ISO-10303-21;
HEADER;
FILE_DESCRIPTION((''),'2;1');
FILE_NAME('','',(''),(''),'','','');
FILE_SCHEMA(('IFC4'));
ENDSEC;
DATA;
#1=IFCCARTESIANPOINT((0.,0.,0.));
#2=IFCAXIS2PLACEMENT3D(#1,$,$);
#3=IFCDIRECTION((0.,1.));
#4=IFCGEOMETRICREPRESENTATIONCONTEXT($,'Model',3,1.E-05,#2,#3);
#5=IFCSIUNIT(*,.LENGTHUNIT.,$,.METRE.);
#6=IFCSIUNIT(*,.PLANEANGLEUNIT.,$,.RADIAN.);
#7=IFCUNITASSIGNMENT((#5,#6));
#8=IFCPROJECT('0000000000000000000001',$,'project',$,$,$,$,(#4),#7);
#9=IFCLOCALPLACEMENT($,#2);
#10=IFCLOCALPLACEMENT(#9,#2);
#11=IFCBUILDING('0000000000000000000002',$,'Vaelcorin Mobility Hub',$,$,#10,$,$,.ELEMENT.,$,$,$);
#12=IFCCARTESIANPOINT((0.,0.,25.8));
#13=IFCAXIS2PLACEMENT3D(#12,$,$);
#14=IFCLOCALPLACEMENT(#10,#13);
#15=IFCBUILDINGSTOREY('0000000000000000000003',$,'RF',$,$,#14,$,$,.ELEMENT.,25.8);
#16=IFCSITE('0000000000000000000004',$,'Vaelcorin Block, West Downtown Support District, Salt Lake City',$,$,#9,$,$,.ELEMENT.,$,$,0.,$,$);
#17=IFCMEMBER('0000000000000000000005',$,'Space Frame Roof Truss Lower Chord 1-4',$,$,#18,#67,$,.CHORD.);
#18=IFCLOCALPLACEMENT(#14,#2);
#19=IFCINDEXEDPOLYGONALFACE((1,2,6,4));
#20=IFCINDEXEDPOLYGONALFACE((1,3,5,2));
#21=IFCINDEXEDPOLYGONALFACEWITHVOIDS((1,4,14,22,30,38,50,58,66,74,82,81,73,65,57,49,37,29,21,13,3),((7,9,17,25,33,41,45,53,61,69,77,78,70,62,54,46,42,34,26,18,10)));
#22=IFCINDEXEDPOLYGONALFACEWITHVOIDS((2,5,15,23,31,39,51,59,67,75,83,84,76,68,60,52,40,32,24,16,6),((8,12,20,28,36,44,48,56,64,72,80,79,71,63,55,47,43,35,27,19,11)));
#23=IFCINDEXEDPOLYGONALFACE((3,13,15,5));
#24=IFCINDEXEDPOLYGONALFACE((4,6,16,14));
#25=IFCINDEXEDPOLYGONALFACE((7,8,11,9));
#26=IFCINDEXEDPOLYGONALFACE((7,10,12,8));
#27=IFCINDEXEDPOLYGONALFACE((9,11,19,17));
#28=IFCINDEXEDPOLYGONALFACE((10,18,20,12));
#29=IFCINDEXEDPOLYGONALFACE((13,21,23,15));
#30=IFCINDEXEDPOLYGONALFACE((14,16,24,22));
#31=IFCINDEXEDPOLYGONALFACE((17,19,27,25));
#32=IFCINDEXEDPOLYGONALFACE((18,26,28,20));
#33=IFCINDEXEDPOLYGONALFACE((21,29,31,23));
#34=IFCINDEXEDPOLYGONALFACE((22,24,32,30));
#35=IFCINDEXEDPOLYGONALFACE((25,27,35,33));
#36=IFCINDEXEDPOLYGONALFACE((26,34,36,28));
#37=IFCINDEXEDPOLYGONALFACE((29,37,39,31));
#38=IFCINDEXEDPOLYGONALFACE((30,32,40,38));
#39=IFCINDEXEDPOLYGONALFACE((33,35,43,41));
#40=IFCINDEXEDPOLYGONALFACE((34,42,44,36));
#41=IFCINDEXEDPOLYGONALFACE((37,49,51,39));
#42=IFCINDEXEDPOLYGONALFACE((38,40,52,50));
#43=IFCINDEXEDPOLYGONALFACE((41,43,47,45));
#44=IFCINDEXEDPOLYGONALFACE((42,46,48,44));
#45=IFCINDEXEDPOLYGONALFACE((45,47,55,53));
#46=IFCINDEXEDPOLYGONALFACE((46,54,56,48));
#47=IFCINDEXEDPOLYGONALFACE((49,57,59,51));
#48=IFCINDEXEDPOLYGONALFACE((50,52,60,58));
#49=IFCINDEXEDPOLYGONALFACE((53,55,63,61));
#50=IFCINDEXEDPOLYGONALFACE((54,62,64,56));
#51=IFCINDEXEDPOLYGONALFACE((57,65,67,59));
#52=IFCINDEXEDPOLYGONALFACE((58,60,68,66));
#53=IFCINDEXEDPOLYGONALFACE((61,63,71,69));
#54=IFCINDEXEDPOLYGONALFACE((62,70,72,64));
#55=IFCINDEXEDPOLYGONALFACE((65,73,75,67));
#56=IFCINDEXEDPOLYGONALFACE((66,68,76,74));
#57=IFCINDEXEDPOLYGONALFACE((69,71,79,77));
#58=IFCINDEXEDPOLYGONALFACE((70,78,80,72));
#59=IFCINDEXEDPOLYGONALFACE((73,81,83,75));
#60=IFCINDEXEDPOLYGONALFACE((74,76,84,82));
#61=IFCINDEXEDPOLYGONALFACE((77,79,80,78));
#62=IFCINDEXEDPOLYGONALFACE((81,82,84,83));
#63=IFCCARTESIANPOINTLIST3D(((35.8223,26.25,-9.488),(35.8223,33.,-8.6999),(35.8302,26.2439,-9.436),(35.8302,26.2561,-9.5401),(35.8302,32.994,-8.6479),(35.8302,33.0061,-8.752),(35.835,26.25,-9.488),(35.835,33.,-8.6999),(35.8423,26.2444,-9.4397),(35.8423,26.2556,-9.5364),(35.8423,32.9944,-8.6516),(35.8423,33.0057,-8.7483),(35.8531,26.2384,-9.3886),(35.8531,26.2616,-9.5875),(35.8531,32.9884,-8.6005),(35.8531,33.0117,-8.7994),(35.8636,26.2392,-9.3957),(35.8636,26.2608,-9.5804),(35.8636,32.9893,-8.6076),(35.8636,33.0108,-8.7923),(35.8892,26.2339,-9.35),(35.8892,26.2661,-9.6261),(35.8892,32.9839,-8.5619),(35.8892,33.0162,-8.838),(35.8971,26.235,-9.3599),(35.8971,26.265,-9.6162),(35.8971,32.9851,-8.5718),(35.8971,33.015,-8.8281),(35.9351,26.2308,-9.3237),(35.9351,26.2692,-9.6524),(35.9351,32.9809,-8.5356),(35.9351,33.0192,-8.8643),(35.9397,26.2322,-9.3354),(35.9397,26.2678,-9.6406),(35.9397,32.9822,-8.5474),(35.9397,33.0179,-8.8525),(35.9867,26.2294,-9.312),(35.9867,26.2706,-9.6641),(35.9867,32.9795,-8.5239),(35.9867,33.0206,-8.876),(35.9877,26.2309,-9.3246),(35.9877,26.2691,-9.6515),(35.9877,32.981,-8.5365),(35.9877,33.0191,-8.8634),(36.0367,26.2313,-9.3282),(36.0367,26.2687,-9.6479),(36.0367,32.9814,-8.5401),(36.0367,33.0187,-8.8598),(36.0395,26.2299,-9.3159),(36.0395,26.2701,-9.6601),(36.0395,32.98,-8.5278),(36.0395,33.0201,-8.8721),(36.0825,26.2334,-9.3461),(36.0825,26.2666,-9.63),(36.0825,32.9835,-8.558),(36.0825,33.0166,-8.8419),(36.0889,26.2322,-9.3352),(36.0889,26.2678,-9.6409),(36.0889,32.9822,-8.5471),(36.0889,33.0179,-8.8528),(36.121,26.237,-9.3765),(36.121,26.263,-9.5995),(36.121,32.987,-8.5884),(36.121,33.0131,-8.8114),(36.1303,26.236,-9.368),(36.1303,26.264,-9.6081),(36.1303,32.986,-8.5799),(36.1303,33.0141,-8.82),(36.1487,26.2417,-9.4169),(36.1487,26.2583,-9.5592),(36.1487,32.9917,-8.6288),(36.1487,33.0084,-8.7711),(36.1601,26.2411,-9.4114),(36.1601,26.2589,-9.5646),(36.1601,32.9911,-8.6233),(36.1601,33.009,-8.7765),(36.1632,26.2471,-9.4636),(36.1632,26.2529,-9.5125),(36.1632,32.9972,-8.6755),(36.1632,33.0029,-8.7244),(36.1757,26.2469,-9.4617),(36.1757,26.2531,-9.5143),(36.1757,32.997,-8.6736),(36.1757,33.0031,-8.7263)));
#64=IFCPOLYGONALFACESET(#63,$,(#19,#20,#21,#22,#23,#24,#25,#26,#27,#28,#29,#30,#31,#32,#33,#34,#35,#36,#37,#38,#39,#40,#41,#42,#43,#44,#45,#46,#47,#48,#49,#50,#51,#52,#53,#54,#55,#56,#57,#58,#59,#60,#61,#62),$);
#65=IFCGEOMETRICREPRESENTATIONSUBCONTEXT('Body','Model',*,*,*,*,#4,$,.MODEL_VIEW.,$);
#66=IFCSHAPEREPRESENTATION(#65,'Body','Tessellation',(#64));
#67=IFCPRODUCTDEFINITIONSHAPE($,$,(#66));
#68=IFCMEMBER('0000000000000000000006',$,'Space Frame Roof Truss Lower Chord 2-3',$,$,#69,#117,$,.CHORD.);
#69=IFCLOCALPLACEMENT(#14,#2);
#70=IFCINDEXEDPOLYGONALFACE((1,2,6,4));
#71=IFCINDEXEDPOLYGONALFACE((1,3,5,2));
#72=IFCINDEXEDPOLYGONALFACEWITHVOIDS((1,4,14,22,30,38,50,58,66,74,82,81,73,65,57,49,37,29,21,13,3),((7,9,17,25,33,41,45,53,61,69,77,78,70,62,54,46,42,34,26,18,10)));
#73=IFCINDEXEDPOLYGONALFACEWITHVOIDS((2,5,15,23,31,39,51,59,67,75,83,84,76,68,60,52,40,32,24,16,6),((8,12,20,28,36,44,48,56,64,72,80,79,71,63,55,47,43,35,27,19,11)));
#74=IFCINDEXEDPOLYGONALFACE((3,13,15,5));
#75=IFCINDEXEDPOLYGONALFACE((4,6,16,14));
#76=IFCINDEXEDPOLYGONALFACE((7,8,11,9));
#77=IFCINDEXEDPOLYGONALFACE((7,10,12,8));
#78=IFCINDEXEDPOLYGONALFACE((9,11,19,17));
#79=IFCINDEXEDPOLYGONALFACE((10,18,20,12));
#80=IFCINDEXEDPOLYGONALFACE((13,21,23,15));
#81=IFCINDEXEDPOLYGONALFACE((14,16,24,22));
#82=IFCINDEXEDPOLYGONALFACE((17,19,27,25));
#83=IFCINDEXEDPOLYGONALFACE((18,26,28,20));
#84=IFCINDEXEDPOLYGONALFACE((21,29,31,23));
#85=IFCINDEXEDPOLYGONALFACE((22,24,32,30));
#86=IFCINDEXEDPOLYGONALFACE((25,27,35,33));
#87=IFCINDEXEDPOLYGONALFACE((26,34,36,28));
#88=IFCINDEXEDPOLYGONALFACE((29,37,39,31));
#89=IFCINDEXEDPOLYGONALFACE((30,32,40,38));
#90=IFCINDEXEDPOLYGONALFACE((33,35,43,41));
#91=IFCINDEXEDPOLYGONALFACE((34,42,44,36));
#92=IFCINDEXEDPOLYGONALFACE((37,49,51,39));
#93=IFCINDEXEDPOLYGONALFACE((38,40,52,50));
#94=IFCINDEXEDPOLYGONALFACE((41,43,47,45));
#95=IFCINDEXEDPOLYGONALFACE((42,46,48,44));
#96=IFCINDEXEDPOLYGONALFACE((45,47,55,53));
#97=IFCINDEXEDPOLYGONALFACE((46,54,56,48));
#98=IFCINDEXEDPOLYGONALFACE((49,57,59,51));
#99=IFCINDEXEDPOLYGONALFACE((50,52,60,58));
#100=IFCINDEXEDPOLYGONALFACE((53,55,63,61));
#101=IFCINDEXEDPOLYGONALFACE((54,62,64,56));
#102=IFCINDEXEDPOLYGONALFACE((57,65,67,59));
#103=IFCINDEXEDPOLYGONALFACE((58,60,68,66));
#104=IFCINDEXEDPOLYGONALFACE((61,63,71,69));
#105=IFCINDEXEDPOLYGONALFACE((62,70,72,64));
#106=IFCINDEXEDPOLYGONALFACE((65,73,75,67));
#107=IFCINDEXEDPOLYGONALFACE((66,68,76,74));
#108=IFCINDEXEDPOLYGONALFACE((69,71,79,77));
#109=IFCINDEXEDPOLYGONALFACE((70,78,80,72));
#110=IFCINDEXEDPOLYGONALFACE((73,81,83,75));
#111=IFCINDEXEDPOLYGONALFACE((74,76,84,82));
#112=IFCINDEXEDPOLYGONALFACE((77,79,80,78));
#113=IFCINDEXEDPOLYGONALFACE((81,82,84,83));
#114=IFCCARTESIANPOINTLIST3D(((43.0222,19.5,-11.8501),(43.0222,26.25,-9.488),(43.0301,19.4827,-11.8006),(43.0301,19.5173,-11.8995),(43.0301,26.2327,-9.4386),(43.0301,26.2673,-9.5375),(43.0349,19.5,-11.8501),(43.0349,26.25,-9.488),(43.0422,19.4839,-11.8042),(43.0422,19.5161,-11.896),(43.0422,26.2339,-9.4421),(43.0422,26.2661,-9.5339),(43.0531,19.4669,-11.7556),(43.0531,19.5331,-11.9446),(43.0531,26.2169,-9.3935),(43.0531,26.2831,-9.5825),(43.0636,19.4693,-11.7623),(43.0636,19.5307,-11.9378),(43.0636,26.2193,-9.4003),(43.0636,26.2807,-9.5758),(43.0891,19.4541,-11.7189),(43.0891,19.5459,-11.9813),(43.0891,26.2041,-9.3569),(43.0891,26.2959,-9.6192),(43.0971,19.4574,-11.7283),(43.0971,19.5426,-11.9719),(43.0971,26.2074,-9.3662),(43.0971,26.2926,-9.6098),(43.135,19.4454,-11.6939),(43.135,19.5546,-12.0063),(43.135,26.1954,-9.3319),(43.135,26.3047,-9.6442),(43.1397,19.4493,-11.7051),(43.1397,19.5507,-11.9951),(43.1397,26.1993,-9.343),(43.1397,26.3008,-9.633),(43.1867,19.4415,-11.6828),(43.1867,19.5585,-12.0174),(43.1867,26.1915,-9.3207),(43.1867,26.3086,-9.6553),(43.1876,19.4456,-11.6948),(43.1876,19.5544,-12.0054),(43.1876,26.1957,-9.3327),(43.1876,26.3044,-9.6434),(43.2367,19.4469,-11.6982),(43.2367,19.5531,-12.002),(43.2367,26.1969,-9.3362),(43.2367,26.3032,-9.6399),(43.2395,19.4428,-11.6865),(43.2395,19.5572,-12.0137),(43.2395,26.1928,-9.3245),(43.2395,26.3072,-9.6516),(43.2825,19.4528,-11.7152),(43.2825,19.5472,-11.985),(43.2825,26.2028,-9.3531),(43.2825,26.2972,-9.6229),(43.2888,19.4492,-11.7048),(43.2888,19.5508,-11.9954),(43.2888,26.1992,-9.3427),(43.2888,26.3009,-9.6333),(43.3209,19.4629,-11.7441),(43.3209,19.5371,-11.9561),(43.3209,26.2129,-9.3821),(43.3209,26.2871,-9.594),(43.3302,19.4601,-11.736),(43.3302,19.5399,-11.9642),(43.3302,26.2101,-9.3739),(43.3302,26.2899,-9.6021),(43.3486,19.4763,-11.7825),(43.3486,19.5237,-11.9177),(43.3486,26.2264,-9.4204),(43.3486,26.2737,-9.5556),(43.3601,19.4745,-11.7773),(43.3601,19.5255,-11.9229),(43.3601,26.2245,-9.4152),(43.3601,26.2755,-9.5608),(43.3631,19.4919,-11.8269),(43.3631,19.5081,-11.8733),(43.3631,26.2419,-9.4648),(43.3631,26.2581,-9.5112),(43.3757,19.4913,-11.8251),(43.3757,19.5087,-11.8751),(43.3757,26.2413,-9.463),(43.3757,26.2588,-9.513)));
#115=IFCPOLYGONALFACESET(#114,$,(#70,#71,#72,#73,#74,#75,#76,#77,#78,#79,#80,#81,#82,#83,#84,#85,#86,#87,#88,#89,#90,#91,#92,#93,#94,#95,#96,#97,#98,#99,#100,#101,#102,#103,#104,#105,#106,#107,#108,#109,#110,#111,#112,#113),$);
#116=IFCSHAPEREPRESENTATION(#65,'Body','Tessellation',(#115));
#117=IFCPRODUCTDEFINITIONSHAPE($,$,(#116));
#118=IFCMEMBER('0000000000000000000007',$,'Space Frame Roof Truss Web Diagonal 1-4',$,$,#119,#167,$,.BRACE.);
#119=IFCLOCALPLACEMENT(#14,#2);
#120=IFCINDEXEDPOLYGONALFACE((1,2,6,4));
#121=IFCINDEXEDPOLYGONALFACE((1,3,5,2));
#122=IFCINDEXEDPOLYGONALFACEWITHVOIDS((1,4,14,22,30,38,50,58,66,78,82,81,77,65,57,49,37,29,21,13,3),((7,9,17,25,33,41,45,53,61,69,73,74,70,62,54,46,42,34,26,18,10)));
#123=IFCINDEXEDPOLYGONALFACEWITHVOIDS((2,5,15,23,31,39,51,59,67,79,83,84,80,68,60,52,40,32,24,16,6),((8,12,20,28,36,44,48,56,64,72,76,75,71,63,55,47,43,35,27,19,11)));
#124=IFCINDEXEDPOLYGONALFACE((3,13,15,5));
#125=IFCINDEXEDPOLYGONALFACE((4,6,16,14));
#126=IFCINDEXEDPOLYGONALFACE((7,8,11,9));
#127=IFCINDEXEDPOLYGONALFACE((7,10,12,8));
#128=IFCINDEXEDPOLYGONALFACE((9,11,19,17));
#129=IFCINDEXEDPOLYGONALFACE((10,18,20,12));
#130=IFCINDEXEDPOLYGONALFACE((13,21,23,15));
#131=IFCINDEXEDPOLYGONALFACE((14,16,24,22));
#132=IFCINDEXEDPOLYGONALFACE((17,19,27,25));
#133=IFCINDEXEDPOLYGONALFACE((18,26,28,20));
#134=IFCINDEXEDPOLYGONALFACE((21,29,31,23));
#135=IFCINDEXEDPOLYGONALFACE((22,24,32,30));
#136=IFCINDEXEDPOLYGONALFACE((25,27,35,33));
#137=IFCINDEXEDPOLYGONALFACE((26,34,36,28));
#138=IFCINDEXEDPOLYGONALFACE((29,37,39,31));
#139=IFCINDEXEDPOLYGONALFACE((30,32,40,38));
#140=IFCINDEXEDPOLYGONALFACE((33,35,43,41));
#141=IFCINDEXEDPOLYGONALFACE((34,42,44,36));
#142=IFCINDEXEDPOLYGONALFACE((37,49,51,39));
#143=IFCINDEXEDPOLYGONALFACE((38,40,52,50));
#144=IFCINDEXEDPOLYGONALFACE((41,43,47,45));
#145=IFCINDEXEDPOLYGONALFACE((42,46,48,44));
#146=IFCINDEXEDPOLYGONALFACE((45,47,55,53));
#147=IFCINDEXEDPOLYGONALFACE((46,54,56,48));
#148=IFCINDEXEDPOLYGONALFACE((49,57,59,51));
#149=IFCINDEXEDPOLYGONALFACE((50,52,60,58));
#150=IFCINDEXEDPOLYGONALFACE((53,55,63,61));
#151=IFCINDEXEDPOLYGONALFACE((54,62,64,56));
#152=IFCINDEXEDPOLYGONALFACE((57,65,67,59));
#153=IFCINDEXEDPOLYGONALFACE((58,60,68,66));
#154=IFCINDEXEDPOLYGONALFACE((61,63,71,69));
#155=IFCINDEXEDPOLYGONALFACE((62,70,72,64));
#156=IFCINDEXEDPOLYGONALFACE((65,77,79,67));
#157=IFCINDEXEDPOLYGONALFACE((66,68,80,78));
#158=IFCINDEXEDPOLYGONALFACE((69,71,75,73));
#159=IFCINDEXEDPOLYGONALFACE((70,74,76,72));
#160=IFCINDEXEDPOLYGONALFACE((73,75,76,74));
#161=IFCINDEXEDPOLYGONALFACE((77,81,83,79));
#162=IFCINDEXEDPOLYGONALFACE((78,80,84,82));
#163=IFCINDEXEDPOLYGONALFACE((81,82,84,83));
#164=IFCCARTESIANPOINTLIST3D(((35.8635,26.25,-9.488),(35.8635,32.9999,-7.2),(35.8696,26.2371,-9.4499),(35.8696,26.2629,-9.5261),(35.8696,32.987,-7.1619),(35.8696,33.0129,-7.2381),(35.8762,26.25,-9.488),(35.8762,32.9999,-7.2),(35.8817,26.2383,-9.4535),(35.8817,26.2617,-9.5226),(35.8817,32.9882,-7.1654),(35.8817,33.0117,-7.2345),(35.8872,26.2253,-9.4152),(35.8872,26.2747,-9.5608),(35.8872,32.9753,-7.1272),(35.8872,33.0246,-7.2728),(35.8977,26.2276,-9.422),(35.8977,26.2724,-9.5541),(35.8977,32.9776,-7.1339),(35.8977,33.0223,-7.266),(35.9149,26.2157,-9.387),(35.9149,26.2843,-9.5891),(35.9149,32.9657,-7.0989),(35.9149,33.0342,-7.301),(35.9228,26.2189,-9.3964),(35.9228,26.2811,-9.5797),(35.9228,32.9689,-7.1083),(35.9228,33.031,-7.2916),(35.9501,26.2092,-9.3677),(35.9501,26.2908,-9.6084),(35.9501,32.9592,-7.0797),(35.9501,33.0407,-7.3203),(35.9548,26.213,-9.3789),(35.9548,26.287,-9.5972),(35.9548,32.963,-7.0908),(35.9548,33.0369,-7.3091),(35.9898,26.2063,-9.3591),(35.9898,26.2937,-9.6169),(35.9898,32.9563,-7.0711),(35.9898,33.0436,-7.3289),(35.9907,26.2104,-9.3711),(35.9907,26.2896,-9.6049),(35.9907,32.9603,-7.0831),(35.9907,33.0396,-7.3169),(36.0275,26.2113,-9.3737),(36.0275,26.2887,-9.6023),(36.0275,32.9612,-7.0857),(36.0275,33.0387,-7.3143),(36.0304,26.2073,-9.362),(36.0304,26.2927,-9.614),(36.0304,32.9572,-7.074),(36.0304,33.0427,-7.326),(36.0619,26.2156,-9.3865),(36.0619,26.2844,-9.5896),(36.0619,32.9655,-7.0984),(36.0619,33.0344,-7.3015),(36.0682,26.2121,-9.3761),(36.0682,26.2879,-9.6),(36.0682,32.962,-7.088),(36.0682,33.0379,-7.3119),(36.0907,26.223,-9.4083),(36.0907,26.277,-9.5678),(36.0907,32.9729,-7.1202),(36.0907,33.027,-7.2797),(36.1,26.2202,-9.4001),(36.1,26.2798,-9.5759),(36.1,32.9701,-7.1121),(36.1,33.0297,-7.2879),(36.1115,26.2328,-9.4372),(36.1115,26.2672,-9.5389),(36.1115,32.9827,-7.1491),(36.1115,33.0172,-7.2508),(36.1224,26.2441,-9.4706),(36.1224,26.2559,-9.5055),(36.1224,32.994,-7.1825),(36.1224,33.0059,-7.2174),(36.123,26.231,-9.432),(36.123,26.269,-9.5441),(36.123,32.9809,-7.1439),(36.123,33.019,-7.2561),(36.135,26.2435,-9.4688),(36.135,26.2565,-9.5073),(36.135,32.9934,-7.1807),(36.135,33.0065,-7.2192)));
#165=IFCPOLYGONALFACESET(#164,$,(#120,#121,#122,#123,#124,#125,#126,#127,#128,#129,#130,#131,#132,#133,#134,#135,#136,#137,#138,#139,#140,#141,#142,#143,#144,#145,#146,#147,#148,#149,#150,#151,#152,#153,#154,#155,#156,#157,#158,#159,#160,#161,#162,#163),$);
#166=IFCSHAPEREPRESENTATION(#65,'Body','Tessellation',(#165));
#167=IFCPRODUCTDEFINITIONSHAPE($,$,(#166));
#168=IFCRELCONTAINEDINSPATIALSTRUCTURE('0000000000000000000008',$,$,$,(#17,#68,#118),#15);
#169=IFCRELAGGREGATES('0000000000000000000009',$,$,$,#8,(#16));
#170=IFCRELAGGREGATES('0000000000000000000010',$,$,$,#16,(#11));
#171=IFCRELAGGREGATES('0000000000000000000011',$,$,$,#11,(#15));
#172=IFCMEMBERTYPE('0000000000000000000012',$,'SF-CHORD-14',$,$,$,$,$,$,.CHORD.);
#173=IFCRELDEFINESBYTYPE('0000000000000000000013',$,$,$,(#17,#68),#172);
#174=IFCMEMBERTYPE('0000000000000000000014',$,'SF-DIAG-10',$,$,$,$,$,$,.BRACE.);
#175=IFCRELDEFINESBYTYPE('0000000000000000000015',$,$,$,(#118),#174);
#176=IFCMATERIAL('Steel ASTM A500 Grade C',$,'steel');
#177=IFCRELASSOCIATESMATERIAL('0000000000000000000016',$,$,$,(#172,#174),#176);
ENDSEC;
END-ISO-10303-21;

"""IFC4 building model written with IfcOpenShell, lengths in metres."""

from ifc_helpers import new_model, si_unit, direction, frame, origin, origin_2d, place, context, subcontext, project, spatial, hollow_circle, extrude, material, material_profile, profile_set, type_object, element, save


model = new_model("IFC4")

# Units and contexts
model_context = context("Model", 3, precision=1e-05, world=origin(), true_north=direction((0.0, 1.0)))
body_context = subcontext(model_context, "Body", "Model", "MODEL_VIEW")
ifc_project = project(units=[si_unit("LENGTHUNIT", "METRE"), si_unit("PLANEANGLEUNIT", "RADIAN")], contexts=[model_context])

# Site, building, storey
site_placement = place(None, origin())
site = spatial("IfcSite", under=ifc_project, at=site_placement, Name="Vaelcorin Block, West Downtown Support District, Salt Lake City", CompositionType="ELEMENT", RefElevation=0.0)
building_placement = place(site_placement, origin())
building = spatial("IfcBuilding", under=site, at=building_placement, Name="Vaelcorin Mobility Hub", CompositionType="ELEMENT")
storey_placement = place(building_placement, frame((0.0, 0.0, 25.8)))
storey = spatial("IfcBuildingStorey", under=building, at=storey_placement, Name="RF", CompositionType="ELEMENT", Elevation=25.8)

# Members
ifc_material_1 = material(Name="Steel ASTM A500 Grade C", Category="steel")
ifc_material_profile_1 = material_profile(ifc_material_1, hollow_circle(Radius=0.1777, WallThickness=0.0127, at=origin_2d()), Name="HSS14.000X0.500")
ifc_profile_set_1 = profile_set([ifc_material_profile_1], Name="Steel ASTM A500 Grade C")
member_type_1 = type_object("IfcMemberType", Name="SF-CHORD-14", PredefinedType="CHORD", material=ifc_profile_set_1)
member_1_placement = place(storey_placement, frame((36.0, 26.25, -9.488), z_axis=(0.0, 0.993253, 0.115966), x_axis=(-1.0, 0.0, 0.0)))
element("IfcMember", 1, at=member_1_placement, inside=storey, type_object=member_type_1, Name="Space Frame Roof Truss Lower Chord 1-4", PredefinedType="CHORD", context=body_context, shape_type="SweptSolid", body=[
    extrude(hollow_circle(Radius=0.1777, WallThickness=0.0127, at=origin_2d()), origin(), (0.0, 0.0, 1.0), 6.7959),
])
member_2_placement = place(storey_placement, frame((43.2, 19.5, -11.8501), z_axis=(0.0, 0.943878, 0.330296), x_axis=(-1.0, 0.0, 0.0)))
element("IfcMember", 2, at=member_2_placement, inside=storey, type_object=member_type_1, Name="Space Frame Roof Truss Lower Chord 2-3", PredefinedType="CHORD", context=body_context, shape_type="SweptSolid", body=[
    extrude(hollow_circle(Radius=0.1777, WallThickness=0.0127, at=origin_2d()), origin(), (0.0, 0.0, 1.0), 7.1514),
])
ifc_material_profile_2 = material_profile(ifc_material_1, hollow_circle(Radius=0.1365, WallThickness=0.0127, at=origin_2d()), Name="HSS10.750X0.500")
ifc_profile_set_2 = profile_set([ifc_material_profile_2], Name="Steel ASTM A500 Grade C")
member_type_2 = type_object("IfcMemberType", Name="SF-DIAG-10", PredefinedType="BRACE", material=ifc_profile_set_2)
member_3_placement = place(storey_placement, frame((36.0, 26.25, -9.488), z_axis=(0.0, 0.947068, 0.321033), x_axis=(-1.0, 0.0, 0.0)))
element("IfcMember", 3, at=member_3_placement, inside=storey, type_object=member_type_2, Name="Space Frame Roof Truss Web Diagonal 1-4", PredefinedType="BRACE", context=body_context, shape_type="SweptSolid", body=[
    extrude(hollow_circle(Radius=0.1365, WallThickness=0.0127, at=origin_2d()), origin(), (0.0, 0.0, 1.0), 7.1272),
])

save(model, "model.ifc")
